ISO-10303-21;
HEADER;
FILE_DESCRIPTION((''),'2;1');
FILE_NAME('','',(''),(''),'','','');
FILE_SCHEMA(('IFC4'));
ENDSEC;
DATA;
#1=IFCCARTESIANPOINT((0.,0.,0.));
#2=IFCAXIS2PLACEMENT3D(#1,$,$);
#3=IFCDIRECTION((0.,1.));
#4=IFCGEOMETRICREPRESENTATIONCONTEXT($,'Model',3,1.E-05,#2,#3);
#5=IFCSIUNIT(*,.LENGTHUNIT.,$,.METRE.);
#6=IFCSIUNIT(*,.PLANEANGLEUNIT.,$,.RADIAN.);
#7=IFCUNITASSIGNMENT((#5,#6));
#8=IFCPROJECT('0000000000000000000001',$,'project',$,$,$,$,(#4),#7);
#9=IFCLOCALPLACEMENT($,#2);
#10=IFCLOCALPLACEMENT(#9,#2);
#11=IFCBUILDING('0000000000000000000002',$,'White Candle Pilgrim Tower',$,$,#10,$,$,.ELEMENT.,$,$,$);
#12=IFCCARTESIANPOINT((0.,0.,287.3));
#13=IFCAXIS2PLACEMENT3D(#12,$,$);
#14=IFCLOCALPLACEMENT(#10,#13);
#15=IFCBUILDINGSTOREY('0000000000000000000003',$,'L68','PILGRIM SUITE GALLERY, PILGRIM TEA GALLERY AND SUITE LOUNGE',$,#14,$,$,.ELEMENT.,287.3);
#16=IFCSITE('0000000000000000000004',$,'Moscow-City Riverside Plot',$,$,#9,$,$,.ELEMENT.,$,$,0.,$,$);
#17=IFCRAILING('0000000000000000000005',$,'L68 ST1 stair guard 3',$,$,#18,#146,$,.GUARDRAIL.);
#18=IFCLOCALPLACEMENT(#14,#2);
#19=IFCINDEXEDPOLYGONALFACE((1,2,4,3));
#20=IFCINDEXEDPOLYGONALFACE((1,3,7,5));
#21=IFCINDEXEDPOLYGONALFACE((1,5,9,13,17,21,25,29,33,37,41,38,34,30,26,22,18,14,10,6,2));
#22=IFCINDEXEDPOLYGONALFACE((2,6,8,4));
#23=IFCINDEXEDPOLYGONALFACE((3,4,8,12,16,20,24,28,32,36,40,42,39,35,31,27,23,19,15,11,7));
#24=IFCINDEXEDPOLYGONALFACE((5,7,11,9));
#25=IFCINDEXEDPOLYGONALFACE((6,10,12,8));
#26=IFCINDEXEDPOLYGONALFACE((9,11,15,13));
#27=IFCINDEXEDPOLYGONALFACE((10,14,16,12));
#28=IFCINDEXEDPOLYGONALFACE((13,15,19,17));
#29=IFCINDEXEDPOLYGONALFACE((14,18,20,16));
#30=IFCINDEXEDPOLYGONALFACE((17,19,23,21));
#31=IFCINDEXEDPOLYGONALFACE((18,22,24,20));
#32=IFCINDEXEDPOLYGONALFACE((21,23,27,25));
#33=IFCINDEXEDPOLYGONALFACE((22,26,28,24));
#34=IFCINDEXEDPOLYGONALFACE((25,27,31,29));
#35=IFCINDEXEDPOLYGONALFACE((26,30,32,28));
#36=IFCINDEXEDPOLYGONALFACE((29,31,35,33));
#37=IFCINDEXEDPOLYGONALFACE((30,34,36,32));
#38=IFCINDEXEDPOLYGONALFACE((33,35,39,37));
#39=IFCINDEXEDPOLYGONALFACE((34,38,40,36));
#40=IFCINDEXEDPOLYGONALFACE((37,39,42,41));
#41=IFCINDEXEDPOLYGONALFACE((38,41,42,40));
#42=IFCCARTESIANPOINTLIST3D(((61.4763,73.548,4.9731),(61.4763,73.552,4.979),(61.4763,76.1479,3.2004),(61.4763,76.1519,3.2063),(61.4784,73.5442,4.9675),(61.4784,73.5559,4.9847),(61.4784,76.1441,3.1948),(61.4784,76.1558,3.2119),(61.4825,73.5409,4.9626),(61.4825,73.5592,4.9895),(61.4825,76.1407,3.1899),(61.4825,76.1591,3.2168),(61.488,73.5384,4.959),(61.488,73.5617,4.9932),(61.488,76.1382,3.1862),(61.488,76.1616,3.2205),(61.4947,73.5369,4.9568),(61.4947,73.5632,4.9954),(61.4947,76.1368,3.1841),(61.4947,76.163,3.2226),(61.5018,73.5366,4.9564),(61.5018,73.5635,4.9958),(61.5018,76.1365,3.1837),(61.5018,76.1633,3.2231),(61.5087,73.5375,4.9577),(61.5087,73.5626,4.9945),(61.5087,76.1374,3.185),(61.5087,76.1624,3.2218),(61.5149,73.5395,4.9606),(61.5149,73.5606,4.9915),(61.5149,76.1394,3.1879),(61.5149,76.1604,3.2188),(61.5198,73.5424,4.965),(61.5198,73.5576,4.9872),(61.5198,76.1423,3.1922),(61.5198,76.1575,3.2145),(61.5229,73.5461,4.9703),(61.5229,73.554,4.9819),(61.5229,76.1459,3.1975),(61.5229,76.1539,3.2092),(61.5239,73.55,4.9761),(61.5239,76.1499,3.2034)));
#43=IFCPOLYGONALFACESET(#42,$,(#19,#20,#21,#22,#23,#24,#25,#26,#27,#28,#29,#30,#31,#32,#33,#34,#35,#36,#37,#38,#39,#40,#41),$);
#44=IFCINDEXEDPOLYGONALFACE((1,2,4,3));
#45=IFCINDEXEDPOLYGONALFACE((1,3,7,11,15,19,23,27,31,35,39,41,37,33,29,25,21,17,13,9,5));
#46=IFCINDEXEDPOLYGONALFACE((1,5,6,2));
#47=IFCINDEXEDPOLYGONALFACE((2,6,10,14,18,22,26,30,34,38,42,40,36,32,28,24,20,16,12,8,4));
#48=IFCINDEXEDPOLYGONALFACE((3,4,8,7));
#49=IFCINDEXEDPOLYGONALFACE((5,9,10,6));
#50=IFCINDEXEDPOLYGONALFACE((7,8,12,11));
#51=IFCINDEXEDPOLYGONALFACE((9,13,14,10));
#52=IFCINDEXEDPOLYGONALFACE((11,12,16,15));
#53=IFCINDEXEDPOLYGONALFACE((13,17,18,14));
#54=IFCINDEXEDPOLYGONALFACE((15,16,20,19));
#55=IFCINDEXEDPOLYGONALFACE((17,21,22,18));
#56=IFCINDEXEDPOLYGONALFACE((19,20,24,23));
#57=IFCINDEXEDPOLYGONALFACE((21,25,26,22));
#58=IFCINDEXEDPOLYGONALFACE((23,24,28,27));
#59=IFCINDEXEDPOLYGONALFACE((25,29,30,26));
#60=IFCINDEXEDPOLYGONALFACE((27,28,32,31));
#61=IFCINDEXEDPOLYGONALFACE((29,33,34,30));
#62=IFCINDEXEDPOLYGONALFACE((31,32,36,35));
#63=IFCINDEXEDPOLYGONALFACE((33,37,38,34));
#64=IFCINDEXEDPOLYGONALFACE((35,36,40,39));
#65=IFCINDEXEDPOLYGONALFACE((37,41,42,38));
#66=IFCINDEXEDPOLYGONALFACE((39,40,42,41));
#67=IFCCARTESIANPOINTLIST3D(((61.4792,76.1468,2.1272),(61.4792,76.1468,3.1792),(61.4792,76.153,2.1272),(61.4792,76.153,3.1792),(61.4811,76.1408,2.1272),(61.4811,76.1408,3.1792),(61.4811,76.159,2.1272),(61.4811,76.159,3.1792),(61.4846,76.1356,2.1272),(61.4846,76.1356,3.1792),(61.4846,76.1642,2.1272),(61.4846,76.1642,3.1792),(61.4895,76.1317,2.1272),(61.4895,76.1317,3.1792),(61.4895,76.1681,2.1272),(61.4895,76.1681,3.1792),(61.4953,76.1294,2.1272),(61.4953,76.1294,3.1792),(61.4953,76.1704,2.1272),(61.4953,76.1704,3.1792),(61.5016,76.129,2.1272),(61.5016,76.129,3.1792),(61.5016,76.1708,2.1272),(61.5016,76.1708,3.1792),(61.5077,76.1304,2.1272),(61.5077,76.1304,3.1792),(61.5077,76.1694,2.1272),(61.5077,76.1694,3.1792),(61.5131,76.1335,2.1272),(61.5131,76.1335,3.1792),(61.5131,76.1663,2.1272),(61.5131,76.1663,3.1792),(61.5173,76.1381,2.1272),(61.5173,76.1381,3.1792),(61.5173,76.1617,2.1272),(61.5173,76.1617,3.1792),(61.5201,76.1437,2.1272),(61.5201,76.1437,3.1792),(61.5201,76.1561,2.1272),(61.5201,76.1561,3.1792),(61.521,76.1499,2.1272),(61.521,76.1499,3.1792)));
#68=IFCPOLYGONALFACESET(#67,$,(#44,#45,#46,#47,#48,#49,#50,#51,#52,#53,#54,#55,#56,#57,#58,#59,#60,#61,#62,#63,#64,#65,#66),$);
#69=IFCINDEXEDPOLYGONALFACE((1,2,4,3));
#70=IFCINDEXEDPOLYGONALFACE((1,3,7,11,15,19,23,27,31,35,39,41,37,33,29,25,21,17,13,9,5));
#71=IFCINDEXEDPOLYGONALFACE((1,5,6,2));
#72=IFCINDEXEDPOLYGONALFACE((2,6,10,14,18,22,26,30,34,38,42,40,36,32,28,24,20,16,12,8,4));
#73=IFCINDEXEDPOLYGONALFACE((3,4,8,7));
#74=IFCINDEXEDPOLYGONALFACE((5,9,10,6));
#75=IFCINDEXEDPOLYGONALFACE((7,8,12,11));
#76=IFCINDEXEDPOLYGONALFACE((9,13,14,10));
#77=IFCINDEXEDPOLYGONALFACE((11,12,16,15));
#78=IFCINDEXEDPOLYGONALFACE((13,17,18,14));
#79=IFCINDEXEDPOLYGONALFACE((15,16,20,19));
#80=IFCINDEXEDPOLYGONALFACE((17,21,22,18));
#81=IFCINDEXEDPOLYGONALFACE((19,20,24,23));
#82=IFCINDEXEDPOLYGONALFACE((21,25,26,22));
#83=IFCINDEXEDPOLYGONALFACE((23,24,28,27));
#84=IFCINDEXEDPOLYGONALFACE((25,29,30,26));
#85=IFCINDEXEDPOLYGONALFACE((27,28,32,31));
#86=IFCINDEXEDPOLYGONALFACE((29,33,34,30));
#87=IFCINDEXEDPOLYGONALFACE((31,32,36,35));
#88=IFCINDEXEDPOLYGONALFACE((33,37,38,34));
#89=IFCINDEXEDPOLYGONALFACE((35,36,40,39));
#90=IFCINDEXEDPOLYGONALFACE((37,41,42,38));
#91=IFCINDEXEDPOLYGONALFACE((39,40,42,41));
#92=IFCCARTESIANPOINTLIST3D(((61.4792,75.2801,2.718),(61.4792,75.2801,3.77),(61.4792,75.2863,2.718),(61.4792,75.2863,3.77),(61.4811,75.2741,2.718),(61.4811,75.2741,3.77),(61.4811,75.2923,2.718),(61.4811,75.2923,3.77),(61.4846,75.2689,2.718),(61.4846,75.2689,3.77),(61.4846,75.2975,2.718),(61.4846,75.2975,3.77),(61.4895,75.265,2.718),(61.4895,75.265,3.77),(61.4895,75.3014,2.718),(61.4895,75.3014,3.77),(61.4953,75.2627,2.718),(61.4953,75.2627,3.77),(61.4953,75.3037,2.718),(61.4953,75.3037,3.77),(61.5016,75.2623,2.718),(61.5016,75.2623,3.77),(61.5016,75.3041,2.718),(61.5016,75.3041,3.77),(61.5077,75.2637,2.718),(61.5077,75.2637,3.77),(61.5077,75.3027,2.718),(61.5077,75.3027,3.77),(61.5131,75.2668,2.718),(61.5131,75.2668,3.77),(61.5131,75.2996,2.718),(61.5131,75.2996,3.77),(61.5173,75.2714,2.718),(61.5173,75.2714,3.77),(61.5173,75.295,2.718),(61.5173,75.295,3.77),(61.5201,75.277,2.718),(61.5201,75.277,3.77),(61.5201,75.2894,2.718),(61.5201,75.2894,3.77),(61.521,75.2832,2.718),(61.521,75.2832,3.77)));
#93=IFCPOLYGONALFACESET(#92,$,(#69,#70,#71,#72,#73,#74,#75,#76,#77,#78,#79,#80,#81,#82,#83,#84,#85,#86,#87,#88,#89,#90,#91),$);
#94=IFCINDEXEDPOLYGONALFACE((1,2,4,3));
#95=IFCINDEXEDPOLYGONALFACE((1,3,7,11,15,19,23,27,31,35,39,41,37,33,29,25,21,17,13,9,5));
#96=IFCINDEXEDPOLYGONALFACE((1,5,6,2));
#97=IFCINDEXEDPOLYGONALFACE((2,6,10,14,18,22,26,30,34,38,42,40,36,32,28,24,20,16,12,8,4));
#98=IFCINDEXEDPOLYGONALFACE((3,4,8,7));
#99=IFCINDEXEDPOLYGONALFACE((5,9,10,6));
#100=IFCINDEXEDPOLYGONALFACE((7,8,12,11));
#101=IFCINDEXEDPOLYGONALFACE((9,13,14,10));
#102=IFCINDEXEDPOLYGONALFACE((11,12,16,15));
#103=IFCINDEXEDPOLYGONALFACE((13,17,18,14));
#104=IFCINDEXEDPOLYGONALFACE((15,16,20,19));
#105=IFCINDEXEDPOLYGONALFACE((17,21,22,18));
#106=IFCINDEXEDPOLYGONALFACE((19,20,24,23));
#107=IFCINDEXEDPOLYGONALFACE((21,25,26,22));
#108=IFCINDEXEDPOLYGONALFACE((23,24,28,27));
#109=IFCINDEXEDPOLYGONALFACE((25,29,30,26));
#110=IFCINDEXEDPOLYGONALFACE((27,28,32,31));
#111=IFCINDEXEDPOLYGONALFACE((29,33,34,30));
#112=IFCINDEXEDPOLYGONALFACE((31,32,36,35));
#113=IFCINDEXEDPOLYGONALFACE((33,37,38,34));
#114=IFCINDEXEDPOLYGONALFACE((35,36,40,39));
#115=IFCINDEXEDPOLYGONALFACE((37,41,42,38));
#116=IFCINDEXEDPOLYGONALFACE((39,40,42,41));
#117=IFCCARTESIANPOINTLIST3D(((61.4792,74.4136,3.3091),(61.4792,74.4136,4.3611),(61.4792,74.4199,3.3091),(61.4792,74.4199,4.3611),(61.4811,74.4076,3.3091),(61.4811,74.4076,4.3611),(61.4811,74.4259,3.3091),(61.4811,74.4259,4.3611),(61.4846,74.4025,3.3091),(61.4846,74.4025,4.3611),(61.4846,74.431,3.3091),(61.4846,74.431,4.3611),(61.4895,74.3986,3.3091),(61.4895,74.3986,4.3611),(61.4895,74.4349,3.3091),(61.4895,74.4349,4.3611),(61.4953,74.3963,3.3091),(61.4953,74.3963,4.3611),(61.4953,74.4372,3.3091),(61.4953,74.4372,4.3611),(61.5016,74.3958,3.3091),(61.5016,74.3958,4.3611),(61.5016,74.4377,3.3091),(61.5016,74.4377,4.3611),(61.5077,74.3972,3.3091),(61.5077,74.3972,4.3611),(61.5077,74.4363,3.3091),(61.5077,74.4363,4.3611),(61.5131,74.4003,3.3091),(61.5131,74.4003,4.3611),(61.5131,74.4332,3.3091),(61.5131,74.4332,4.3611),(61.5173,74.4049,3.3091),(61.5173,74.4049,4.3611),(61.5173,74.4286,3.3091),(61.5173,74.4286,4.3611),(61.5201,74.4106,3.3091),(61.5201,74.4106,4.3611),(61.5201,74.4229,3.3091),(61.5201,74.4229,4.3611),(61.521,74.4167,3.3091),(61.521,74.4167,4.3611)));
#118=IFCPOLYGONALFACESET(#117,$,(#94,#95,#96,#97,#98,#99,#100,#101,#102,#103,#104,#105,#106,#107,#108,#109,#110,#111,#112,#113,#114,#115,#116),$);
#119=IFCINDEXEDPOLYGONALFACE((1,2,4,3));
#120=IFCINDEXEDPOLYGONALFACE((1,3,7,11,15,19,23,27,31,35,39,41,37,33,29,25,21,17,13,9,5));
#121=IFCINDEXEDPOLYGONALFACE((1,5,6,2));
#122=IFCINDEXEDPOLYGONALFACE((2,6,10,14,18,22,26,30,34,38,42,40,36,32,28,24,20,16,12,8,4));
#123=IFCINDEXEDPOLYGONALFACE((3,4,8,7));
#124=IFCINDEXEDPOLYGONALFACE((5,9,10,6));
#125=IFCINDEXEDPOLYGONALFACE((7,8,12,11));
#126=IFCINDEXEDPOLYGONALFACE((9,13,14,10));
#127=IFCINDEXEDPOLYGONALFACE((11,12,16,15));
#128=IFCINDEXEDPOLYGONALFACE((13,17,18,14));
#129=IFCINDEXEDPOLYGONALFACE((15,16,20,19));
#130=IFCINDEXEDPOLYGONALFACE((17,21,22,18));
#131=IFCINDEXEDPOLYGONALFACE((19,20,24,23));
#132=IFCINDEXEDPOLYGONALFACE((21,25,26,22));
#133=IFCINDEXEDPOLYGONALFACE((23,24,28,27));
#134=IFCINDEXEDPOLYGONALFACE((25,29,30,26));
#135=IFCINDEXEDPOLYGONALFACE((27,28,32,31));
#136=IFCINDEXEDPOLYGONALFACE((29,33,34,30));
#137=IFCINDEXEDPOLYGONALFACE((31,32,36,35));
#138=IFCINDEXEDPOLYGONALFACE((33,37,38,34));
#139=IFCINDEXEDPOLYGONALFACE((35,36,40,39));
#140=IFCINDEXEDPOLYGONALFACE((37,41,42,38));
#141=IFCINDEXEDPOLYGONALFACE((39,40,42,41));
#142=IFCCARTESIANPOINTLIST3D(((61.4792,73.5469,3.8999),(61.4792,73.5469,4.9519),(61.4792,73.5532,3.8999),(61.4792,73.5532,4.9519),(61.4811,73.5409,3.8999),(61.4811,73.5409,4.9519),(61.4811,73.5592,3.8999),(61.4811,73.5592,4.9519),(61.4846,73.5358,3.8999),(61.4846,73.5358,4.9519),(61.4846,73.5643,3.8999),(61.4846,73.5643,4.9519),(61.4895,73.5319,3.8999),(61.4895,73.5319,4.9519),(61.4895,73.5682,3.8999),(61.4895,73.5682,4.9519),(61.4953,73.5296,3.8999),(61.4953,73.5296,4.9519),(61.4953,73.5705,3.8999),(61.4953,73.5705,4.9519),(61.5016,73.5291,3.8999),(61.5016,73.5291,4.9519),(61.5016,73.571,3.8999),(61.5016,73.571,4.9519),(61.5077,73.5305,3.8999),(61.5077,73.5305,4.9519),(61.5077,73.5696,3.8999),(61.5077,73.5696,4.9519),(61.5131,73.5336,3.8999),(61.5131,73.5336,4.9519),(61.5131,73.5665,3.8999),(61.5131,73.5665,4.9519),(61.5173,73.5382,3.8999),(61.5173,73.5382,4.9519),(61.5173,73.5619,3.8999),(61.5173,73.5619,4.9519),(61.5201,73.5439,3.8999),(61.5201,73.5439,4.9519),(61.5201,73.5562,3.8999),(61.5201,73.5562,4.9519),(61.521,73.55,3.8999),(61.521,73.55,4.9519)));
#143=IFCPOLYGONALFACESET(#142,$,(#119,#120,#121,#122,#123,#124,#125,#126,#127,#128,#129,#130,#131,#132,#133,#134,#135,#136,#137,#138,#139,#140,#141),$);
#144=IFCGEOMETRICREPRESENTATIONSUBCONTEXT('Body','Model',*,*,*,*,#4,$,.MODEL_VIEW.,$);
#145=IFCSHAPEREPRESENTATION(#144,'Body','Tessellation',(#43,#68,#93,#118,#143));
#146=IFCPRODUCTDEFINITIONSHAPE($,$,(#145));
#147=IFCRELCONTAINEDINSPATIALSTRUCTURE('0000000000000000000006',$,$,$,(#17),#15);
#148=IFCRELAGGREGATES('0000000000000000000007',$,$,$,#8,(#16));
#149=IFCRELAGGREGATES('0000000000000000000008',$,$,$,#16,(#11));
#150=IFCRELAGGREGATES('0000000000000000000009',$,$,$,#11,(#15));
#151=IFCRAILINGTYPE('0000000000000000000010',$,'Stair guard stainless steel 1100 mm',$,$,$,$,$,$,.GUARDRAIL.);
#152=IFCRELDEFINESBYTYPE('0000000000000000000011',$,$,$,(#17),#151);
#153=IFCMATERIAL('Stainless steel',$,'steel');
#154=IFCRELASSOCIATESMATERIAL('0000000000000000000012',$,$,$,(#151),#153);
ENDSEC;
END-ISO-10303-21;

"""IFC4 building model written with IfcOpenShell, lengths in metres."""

from ifc_helpers import new_model, si_unit, direction, frame, origin, origin_2d, place, context, subcontext, project, spatial, circle, extrude, material, type_object, element, save


model = new_model("IFC4")

# Units and contexts
model_context = context("Model", 3, precision=1e-05, world=origin(), true_north=direction((0.0, 1.0)))
body_context = subcontext(model_context, "Body", "Model", "MODEL_VIEW")
ifc_project = project(units=[si_unit("LENGTHUNIT", "METRE"), si_unit("PLANEANGLEUNIT", "RADIAN")], contexts=[model_context])

# Site, building, storey
site_placement = place(None, origin())
site = spatial("IfcSite", under=ifc_project, at=site_placement, Name="Moscow-City Riverside Plot", CompositionType="ELEMENT", RefElevation=0.0)
building_placement = place(site_placement, origin())
building = spatial("IfcBuilding", under=site, at=building_placement, Name="White Candle Pilgrim Tower", CompositionType="ELEMENT")
storey_placement = place(building_placement, frame((0.0, 0.0, 287.3)))
storey = spatial("IfcBuildingStorey", under=building, at=storey_placement, Name="L68", Description="PILGRIM SUITE GALLERY, PILGRIM TEA GALLERY AND SUITE LOUNGE", CompositionType="ELEMENT", Elevation=287.3)

# Railing
ifc_material_1 = material(Name="Stainless steel", Category="steel")
railing_type_1 = type_object("IfcRailingType", Name="Stair guard stainless steel 1100 mm", PredefinedType="GUARDRAIL", material=ifc_material_1)
railing_1_placement = place(storey_placement, frame((61.5, 76.1499, 2.1272)))
element("IfcRailing", 1, at=railing_1_placement, inside=storey, type_object=railing_type_1, Name="L68 ST1 stair guard 3", PredefinedType="GUARDRAIL", context=body_context, shape_type="SweptSolid", body=[
    extrude(circle(Radius=0.0239, at=origin_2d()), frame((0.0, 0.0, 1.0762), z_axis=(0.0, -0.826216, 0.563354), x_axis=(1.0, 0.0, 0.0)), (0.0, 0.0, 1.0), 3.1467),
    extrude(circle(Radius=0.021, at=origin_2d()), origin(), (0.0, 0.0, 1.0), 1.052),
    extrude(circle(Radius=0.021, at=origin_2d()), frame((0.0, -0.8667, 0.5908)), (0.0, 0.0, 1.0), 1.052),
    extrude(circle(Radius=0.021, at=origin_2d()), frame((0.0, -1.7332, 1.1819)), (0.0, 0.0, 1.0), 1.052),
    extrude(circle(Radius=0.021, at=origin_2d()), frame((0.0, -2.5999, 1.7727)), (0.0, 0.0, 1.0), 1.052),
])

save(model, "model.ifc")
